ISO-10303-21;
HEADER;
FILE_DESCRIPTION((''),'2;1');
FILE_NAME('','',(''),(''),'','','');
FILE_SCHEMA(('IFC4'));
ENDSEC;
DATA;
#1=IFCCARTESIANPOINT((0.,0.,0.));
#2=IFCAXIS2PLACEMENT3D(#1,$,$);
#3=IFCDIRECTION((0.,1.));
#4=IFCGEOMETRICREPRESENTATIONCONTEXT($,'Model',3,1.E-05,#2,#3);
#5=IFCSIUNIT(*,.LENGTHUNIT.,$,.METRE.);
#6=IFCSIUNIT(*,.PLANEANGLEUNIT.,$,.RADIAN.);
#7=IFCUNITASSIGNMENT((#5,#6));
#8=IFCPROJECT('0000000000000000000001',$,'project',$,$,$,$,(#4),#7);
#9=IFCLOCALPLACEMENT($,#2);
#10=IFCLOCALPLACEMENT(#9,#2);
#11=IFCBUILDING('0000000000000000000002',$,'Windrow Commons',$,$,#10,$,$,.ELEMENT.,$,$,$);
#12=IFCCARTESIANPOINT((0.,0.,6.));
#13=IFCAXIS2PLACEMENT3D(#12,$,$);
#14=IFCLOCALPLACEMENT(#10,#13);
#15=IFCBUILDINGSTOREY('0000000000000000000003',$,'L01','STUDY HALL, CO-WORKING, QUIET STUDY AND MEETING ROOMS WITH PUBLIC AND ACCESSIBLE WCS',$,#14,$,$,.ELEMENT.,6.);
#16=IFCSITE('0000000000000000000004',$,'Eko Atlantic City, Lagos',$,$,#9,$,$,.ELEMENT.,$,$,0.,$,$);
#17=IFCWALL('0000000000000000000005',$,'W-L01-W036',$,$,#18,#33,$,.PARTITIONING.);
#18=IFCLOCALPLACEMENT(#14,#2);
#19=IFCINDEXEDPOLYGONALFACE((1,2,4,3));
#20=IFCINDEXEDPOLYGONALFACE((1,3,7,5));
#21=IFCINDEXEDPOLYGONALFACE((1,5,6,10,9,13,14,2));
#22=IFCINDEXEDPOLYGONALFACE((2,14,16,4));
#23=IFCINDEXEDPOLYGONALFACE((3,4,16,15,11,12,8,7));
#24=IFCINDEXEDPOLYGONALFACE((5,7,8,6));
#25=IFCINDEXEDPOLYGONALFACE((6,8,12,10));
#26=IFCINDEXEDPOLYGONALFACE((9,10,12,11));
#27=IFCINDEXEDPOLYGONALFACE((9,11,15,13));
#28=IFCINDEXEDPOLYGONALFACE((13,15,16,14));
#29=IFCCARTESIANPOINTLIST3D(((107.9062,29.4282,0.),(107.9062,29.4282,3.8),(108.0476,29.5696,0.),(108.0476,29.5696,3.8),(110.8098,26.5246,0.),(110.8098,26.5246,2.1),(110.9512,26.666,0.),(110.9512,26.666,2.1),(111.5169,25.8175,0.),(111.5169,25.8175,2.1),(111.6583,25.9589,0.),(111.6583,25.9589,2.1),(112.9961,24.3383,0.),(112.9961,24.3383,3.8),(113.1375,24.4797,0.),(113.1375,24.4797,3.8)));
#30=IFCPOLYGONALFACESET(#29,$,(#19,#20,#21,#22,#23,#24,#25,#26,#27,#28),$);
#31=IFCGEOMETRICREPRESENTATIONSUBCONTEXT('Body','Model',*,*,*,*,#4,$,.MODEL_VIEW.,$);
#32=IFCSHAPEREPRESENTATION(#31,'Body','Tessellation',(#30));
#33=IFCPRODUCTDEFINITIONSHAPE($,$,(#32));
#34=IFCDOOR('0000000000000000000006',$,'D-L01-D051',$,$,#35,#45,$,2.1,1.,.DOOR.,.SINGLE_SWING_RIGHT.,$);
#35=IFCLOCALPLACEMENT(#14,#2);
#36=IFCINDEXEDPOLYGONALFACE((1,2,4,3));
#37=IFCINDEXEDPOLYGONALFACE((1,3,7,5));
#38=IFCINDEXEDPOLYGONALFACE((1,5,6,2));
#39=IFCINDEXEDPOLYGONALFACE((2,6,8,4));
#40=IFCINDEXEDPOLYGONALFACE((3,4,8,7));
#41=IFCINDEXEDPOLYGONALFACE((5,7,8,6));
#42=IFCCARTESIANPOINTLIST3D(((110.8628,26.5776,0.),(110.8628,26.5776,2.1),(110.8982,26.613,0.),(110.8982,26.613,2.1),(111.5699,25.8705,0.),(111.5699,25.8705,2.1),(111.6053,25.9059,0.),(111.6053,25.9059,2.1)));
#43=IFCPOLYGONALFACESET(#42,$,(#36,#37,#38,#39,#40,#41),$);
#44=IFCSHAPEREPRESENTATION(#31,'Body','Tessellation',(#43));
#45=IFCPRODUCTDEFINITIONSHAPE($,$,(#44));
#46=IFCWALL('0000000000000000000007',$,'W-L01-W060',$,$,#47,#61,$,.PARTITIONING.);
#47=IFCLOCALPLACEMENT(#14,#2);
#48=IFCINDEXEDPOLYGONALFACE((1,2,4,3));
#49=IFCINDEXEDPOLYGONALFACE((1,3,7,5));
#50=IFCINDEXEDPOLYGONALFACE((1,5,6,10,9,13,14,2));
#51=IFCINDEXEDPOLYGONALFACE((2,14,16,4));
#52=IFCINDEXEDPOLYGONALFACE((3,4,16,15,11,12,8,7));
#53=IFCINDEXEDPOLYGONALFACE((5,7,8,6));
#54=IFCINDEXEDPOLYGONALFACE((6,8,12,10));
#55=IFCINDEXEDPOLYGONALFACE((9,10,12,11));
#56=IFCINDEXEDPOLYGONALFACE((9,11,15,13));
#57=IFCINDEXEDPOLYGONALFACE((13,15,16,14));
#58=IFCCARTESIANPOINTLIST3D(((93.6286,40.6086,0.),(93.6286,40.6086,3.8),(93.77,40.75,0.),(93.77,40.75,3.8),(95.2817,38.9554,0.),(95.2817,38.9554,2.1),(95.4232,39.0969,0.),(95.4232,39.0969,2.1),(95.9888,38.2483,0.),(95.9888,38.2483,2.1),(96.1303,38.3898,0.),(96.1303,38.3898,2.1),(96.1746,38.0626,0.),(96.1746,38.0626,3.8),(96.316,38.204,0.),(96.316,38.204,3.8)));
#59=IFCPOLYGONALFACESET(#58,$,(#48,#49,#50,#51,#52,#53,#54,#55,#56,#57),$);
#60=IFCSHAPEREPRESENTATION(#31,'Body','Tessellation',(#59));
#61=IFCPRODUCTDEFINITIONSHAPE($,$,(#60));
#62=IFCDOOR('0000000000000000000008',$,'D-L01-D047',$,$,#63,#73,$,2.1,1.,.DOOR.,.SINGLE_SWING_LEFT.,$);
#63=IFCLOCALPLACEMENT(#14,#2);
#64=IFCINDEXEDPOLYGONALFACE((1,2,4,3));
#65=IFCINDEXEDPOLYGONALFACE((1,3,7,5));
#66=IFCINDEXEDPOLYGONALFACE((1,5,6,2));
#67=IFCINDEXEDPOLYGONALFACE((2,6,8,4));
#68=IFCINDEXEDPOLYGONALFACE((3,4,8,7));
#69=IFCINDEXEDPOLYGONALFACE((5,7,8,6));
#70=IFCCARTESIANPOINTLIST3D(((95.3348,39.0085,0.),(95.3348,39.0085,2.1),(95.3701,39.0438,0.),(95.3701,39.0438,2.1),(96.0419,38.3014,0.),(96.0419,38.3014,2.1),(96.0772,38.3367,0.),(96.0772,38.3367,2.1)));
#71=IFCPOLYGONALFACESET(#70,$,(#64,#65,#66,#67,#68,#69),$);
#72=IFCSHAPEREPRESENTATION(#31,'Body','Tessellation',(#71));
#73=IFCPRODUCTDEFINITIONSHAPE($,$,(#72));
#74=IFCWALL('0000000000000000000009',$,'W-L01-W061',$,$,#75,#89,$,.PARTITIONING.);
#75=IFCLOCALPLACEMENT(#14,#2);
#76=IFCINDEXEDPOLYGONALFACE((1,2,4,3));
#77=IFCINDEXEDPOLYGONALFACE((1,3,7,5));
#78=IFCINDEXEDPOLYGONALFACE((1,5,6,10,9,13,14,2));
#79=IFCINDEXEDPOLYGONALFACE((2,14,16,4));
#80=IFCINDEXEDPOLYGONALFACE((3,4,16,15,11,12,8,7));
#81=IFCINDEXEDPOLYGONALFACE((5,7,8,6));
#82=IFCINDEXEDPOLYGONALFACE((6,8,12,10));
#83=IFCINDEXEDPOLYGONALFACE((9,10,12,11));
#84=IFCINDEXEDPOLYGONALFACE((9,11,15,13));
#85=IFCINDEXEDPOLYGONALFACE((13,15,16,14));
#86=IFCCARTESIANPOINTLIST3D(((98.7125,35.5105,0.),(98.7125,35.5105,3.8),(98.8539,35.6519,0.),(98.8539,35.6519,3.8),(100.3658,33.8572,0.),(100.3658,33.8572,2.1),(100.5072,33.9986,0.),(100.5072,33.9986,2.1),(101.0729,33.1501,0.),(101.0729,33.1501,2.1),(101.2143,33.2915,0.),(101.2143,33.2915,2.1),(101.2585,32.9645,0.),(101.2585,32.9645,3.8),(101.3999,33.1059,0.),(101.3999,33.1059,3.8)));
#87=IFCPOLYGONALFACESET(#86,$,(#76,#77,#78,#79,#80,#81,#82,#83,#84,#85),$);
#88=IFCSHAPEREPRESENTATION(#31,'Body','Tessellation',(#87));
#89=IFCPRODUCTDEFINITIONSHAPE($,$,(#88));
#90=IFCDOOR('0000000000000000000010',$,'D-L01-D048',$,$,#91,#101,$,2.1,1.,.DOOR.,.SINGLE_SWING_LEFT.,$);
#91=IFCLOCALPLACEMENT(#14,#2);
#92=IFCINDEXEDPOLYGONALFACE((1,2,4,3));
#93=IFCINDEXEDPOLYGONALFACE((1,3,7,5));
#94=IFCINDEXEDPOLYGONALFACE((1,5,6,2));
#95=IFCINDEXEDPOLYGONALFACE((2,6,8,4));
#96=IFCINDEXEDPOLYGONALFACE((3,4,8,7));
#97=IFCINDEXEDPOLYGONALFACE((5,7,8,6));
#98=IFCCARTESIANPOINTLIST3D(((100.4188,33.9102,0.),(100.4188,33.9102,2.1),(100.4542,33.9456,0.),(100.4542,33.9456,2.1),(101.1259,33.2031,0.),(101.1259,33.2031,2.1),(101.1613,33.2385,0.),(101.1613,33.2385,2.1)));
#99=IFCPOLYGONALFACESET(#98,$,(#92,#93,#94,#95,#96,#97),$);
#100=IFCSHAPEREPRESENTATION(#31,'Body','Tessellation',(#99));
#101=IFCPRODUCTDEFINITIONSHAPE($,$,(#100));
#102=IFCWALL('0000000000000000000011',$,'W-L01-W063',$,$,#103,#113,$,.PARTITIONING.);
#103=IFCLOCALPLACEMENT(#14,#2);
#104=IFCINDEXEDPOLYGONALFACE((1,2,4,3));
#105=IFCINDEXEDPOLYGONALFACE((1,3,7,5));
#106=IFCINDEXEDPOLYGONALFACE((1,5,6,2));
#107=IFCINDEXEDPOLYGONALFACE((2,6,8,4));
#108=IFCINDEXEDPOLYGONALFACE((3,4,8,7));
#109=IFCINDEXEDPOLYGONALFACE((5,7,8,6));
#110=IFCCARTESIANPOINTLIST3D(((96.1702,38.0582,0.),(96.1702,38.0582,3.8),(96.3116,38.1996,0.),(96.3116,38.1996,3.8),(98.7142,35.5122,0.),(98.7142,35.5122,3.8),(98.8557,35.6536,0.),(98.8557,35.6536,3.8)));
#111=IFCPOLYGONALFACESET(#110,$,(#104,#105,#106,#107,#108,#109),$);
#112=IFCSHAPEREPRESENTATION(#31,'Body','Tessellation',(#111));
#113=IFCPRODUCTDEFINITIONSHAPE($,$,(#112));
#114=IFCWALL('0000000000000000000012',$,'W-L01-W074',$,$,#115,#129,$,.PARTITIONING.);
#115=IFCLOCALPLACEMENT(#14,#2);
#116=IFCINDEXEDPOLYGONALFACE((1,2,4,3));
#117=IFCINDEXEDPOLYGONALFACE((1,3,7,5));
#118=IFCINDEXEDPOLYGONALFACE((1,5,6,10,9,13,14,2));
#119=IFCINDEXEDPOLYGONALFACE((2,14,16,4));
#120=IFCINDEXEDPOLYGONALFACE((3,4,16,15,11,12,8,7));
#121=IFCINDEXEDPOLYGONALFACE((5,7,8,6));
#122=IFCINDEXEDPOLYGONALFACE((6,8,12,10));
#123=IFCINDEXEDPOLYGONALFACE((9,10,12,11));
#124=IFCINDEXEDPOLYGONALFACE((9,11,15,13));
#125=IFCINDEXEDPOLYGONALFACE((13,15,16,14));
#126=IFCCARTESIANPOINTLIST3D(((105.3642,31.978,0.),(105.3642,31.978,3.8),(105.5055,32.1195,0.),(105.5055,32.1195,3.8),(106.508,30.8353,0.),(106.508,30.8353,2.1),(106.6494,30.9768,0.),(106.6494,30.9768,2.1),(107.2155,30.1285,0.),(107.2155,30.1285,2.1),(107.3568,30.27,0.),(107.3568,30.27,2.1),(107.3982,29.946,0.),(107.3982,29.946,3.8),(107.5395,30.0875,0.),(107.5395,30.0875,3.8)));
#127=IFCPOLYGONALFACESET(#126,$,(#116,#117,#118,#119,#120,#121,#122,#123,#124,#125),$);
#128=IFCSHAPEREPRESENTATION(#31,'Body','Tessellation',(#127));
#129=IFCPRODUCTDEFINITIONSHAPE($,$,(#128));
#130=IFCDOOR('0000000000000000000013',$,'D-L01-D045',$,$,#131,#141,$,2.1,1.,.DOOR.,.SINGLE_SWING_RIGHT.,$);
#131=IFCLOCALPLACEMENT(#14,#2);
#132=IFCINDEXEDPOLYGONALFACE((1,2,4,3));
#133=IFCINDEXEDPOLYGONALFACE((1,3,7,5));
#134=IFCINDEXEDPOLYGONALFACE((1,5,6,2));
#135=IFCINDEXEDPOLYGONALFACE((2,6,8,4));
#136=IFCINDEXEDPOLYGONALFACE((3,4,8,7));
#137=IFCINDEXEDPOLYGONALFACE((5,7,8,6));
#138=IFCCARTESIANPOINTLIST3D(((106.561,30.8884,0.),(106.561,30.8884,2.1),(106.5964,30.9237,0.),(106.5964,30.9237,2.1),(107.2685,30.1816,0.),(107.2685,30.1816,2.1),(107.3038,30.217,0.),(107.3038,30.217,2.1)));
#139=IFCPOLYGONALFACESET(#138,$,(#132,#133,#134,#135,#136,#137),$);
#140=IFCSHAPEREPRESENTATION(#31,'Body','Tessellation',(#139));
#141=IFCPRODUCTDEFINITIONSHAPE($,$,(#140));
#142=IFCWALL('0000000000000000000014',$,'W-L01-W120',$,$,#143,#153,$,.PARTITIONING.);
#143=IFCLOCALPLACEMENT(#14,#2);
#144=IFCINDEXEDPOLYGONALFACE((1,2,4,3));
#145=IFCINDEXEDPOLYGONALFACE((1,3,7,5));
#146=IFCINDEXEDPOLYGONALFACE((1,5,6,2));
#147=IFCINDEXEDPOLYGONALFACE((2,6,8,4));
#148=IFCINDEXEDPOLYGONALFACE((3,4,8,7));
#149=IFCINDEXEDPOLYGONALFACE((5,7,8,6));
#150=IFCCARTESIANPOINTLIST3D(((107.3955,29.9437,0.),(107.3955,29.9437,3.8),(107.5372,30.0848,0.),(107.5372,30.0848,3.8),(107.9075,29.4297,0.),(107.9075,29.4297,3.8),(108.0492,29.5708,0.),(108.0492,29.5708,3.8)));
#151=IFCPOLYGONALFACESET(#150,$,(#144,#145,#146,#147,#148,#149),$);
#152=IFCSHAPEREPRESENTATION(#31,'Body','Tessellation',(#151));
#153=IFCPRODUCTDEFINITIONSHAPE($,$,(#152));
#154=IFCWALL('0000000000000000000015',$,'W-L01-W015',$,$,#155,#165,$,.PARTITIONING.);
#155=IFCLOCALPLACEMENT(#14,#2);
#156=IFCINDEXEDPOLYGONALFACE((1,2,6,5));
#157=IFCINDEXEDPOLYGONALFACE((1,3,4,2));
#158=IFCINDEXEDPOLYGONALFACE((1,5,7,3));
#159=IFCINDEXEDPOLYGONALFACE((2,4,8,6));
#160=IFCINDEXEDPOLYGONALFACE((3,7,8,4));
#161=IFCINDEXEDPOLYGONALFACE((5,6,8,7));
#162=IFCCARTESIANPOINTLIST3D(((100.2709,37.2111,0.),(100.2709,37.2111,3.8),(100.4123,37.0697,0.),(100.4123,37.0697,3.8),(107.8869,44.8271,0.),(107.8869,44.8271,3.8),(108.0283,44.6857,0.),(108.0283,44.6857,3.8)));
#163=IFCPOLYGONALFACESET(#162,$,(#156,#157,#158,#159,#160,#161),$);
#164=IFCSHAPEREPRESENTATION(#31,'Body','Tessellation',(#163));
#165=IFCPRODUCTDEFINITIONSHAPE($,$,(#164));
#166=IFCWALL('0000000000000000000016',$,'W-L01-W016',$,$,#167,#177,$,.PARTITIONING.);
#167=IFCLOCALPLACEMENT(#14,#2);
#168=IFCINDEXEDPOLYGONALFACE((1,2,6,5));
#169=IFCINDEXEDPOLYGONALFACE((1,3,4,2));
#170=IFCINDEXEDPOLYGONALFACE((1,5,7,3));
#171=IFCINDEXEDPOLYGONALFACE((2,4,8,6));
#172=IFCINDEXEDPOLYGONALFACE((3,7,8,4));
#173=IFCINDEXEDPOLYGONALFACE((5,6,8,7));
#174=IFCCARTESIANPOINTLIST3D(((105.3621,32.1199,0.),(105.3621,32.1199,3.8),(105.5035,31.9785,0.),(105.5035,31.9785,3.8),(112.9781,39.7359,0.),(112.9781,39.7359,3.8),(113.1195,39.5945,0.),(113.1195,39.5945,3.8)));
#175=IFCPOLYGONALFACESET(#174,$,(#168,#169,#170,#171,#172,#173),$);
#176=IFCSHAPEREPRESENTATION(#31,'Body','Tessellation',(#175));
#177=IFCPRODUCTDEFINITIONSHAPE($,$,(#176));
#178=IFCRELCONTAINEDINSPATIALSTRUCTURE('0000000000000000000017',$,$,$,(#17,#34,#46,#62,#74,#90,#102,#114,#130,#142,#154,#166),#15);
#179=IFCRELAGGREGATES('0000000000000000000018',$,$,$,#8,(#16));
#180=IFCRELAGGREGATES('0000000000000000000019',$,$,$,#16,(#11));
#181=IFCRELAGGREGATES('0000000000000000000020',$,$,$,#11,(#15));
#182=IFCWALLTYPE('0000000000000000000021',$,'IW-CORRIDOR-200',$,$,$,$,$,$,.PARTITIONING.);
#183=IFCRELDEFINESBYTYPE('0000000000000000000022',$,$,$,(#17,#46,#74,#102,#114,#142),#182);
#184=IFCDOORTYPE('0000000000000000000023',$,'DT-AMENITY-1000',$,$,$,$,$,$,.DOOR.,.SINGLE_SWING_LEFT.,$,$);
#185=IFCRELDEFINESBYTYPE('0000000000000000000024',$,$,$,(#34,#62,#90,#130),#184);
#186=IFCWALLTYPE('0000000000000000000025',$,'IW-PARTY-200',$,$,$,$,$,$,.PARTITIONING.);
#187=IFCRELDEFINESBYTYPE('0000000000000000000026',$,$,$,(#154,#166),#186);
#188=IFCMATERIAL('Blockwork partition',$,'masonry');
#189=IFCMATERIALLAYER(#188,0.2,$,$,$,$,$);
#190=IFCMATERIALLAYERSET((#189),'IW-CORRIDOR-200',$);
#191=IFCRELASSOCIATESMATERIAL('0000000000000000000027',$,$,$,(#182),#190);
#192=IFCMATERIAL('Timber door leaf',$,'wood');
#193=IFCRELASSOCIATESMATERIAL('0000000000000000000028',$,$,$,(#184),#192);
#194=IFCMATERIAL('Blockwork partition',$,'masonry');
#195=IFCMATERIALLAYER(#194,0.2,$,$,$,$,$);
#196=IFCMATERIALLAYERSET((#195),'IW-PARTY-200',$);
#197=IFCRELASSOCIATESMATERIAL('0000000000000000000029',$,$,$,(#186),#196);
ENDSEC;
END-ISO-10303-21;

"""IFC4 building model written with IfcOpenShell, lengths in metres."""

from ifc_helpers import new_model, si_unit, direction, frame, frame_2d, origin, place, context, subcontext, project, spatial, rectangle, extrude, material, layer, layer_set, type_object, element, fill, save


model = new_model("IFC4")

# Units and contexts
model_context = context("Model", 3, precision=1e-05, world=origin(), true_north=direction((0.0, 1.0)))
body_context = subcontext(model_context, "Body", "Model", "MODEL_VIEW")
ifc_project = project(units=[si_unit("LENGTHUNIT", "METRE"), si_unit("PLANEANGLEUNIT", "RADIAN")], contexts=[model_context])

# Site, building, storey
site_placement = place(None, origin())
site = spatial("IfcSite", under=ifc_project, at=site_placement, Name="Eko Atlantic City, Lagos", CompositionType="ELEMENT", RefElevation=0.0)
building_placement = place(site_placement, origin())
building = spatial("IfcBuilding", under=site, at=building_placement, Name="Windrow Commons", CompositionType="ELEMENT")
storey_placement = place(building_placement, frame((0.0, 0.0, 6.0)))
storey = spatial("IfcBuildingStorey", under=building, at=storey_placement, Name="L01", Description="STUDY HALL, CO-WORKING, QUIET STUDY AND MEETING ROOMS WITH PUBLIC AND ACCESSIBLE WCS", CompositionType="ELEMENT", Elevation=6.0)

# Walls, openings, doors
ifc_material_1 = material(Name="Blockwork partition", Category="masonry")
ifc_layer_1 = layer(ifc_material_1, 0.2)
ifc_layer_set_1 = layer_set([ifc_layer_1], Name="IW-CORRIDOR-200")
wall_type_1 = type_object("IfcWallType", Name="IW-CORRIDOR-200", PredefinedType="PARTITIONING", material=ifc_layer_set_1)
wall_1_placement = place(storey_placement, frame((107.9769, 29.4989, 0.0), z_axis=(0.0, 0.0, 1.0), x_axis=(0.707107, -0.707107, 0.0)))
wall_1 = element("IfcWall", 1, at=wall_1_placement, inside=storey, type_object=wall_type_1, Name="W-L01-W036", PredefinedType="PARTITIONING", context=body_context, shape_type="SweptSolid", body=[
    extrude(rectangle(XDim=7.1983, YDim=0.2, at=frame_2d((3.5991, 0.0))), origin(), (0.0, 0.0, 1.0), 3.8),
])
opening_1_placement = place(wall_1_placement, frame((4.1063, 0.0, 0.0)))
opening_1 = element("IfcOpeningElement", 2, at=opening_1_placement, cuts=wall_1, PredefinedType="OPENING", context=body_context, shape_type="SweptSolid", body=[
    extrude(rectangle(XDim=1.0, YDim=2.1, at=frame_2d((0.5, 1.05))), frame((0.0, 0.11, 0.0), z_axis=(0.0, -1.0, 0.0), x_axis=(1.0, 0.0, 0.0)), (0.0, 0.0, 1.0), 0.22),
])
ifc_material_2 = material(Name="Timber door leaf", Category="wood")
door_type = type_object("IfcDoorType", Name="DT-AMENITY-1000", OperationType="SINGLE_SWING_LEFT", PredefinedType="DOOR", material=ifc_material_2)
door_1_placement = place(opening_1_placement, origin())
door_1 = element("IfcDoor", 3, at=door_1_placement, inside=storey, type_object=door_type, Name="D-L01-D051", OperationType="SINGLE_SWING_RIGHT", OverallHeight=2.1, OverallWidth=1.0, PredefinedType="DOOR", context=body_context, shape_type="SweptSolid", body=[
    extrude(rectangle(XDim=1.0, YDim=2.1, at=frame_2d((0.5, 1.05))), frame((0.0, 0.025, 0.0), z_axis=(0.0, -1.0, 0.0), x_axis=(1.0, 0.0, 0.0)), (0.0, 0.0, 1.0), 0.05),
])
fill(opening_1, door_1)
wall_2_placement = place(storey_placement, frame((93.6993, 40.6793, 0.0), z_axis=(0.0, 0.0, 1.0), x_axis=(0.707107, -0.707107, 0.0)))
wall_2 = element("IfcWall", 4, at=wall_2_placement, inside=storey, type_object=wall_type_1, Name="W-L01-W060", PredefinedType="PARTITIONING", context=body_context, shape_type="SweptSolid", body=[
    extrude(rectangle(XDim=3.6006, YDim=0.2, at=frame_2d((1.8003, 0.0))), origin(), (0.0, 0.0, 1.0), 3.8),
])
opening_2_placement = place(wall_2_placement, frame((2.3379, 0.0, 0.0)))
opening_2 = element("IfcOpeningElement", 5, at=opening_2_placement, cuts=wall_2, PredefinedType="OPENING", context=body_context, shape_type="SweptSolid", body=[
    extrude(rectangle(XDim=1.0, YDim=2.1, at=frame_2d((0.5, 1.05))), frame((0.0, 0.11, 0.0), z_axis=(0.0, -1.0, 0.0), x_axis=(1.0, 0.0, 0.0)), (0.0, 0.0, 1.0), 0.22),
])
door_2_placement = place(opening_2_placement, origin())
door_2 = element("IfcDoor", 6, at=door_2_placement, inside=storey, type_object=door_type, Name="D-L01-D047", OperationType="SINGLE_SWING_LEFT", OverallHeight=2.1, OverallWidth=1.0, PredefinedType="DOOR", context=body_context, shape_type="SweptSolid", body=[
    extrude(rectangle(XDim=1.0, YDim=2.1, at=frame_2d((0.5, 1.05))), frame((0.0, 0.025, 0.0), z_axis=(0.0, -1.0, 0.0), x_axis=(1.0, 0.0, 0.0)), (0.0, 0.0, 1.0), 0.05),
])
fill(opening_2, door_2)
wall_3_placement = place(storey_placement, frame((98.7832, 35.5812, 0.0), z_axis=(0.0, 0.0, 1.0), x_axis=(0.707107, -0.707107, 0.0)))
wall_3 = element("IfcWall", 7, at=wall_3_placement, inside=storey, type_object=wall_type_1, Name="W-L01-W061", PredefinedType="PARTITIONING", context=body_context, shape_type="SweptSolid", body=[
    extrude(rectangle(XDim=3.6006, YDim=0.2, at=frame_2d((1.8003, 0.0))), origin(), (0.0, 0.0, 1.0), 3.8),
])
opening_3_placement = place(wall_3_placement, frame((2.3381, 0.0, 0.0)))
opening_3 = element("IfcOpeningElement", 8, at=opening_3_placement, cuts=wall_3, PredefinedType="OPENING", context=body_context, shape_type="SweptSolid", body=[
    extrude(rectangle(XDim=1.0, YDim=2.1, at=frame_2d((0.5, 1.05))), frame((0.0, 0.11, 0.0), z_axis=(0.0, -1.0, 0.0), x_axis=(1.0, 0.0, 0.0)), (0.0, 0.0, 1.0), 0.22),
])
door_3_placement = place(opening_3_placement, origin())
door_3 = element("IfcDoor", 9, at=door_3_placement, inside=storey, type_object=door_type, Name="D-L01-D048", OperationType="SINGLE_SWING_LEFT", OverallHeight=2.1, OverallWidth=1.0, PredefinedType="DOOR", context=body_context, shape_type="SweptSolid", body=[
    extrude(rectangle(XDim=1.0, YDim=2.1, at=frame_2d((0.5, 1.05))), frame((0.0, 0.025, 0.0), z_axis=(0.0, -1.0, 0.0), x_axis=(1.0, 0.0, 0.0)), (0.0, 0.0, 1.0), 0.05),
])
fill(opening_3, door_3)

# Wall
wall_4_placement = place(storey_placement, frame((96.2409, 38.1289, 0.0), z_axis=(0.0, 0.0, 1.0), x_axis=(0.706829, -0.707385, 0.0)))
element("IfcWall", 10, at=wall_4_placement, inside=storey, type_object=wall_type_1, Name="W-L01-W063", PredefinedType="PARTITIONING", context=body_context, shape_type="SweptSolid", body=[
    extrude(rectangle(XDim=3.5992, YDim=0.2, at=frame_2d((1.7996, 0.0))), origin(), (0.0, 0.0, 1.0), 3.8),
])

# Wall, opening, door
wall_5_placement = place(storey_placement, frame((105.4348, 32.0488, 0.0), z_axis=(0.0, 0.0, 1.0), x_axis=(0.707455, -0.706759, 0.0)))
wall_5 = element("IfcWall", 11, at=wall_5_placement, inside=storey, type_object=wall_type_1, Name="W-L01-W074", PredefinedType="PARTITIONING", context=body_context, shape_type="SweptSolid", body=[
    extrude(rectangle(XDim=2.8751, YDim=0.2, at=frame_2d((1.4376, 0.0))), origin(), (0.0, 0.0, 1.0), 3.8),
])
opening_4_placement = place(wall_5_placement, frame((1.6169, 0.0, 0.0)))
opening_4 = element("IfcOpeningElement", 12, at=opening_4_placement, cuts=wall_5, PredefinedType="OPENING", context=body_context, shape_type="SweptSolid", body=[
    extrude(rectangle(XDim=1.0, YDim=2.1, at=frame_2d((0.5, 1.05))), frame((0.0, 0.11, 0.0), z_axis=(0.0, -1.0, 0.0), x_axis=(1.0, 0.0, 0.0)), (0.0, 0.0, 1.0), 0.22),
])
door_4_placement = place(opening_4_placement, origin())
door_4 = element("IfcDoor", 13, at=door_4_placement, inside=storey, type_object=door_type, Name="D-L01-D045", OperationType="SINGLE_SWING_RIGHT", OverallHeight=2.1, OverallWidth=1.0, PredefinedType="DOOR", context=body_context, shape_type="SweptSolid", body=[
    extrude(rectangle(XDim=1.0, YDim=2.1, at=frame_2d((0.5, 1.05))), frame((0.0, 0.025, 0.0), z_axis=(0.0, -1.0, 0.0), x_axis=(1.0, 0.0, 0.0)), (0.0, 0.0, 1.0), 0.05),
])
fill(opening_4, door_4)

# Walls
wall_6_placement = place(storey_placement, frame((107.4663, 30.0143, 0.0), z_axis=(0.0, 0.0, 1.0), x_axis=(0.705727, -0.708484, 0.0)))
element("IfcWall", 14, at=wall_6_placement, inside=storey, type_object=wall_type_1, Name="W-L01-W120", PredefinedType="PARTITIONING", context=body_context, shape_type="SweptSolid", body=[
    extrude(rectangle(XDim=0.7255, YDim=0.2, at=frame_2d((0.3628, 0.0))), origin(), (0.0, 0.0, 1.0), 3.8),
])
ifc_material_3 = material(Name="Blockwork partition", Category="masonry")
ifc_layer_2 = layer(ifc_material_3, 0.2)
ifc_layer_set_2 = layer_set([ifc_layer_2], Name="IW-PARTY-200")
wall_type_2 = type_object("IfcWallType", Name="IW-PARTY-200", PredefinedType="PARTITIONING", material=ifc_layer_set_2)
for number, where, z_axis, x_axis, name in (
    (15, (100.3416, 37.1404, 0.0), (0.0, 0.0, 1.0), (0.707107, 0.707107, 0.0), "W-L01-W015"),
    (16, (105.4328, 32.0492, 0.0), (0.0, 0.0, 1.0), (0.707107, 0.707107, 0.0), "W-L01-W016"),
):
    element("IfcWall", number, at=place(storey_placement, frame(where, z_axis=z_axis, x_axis=x_axis)), inside=storey, type_object=wall_type_2, Name=name, PredefinedType="PARTITIONING", context=body_context, shape_type="SweptSolid", body=[
        extrude(rectangle(XDim=10.7707, YDim=0.2, at=frame_2d((5.3853, 0.0))), origin(), (0.0, 0.0, 1.0), 3.8),
    ])

save(model, "model.ifc")
